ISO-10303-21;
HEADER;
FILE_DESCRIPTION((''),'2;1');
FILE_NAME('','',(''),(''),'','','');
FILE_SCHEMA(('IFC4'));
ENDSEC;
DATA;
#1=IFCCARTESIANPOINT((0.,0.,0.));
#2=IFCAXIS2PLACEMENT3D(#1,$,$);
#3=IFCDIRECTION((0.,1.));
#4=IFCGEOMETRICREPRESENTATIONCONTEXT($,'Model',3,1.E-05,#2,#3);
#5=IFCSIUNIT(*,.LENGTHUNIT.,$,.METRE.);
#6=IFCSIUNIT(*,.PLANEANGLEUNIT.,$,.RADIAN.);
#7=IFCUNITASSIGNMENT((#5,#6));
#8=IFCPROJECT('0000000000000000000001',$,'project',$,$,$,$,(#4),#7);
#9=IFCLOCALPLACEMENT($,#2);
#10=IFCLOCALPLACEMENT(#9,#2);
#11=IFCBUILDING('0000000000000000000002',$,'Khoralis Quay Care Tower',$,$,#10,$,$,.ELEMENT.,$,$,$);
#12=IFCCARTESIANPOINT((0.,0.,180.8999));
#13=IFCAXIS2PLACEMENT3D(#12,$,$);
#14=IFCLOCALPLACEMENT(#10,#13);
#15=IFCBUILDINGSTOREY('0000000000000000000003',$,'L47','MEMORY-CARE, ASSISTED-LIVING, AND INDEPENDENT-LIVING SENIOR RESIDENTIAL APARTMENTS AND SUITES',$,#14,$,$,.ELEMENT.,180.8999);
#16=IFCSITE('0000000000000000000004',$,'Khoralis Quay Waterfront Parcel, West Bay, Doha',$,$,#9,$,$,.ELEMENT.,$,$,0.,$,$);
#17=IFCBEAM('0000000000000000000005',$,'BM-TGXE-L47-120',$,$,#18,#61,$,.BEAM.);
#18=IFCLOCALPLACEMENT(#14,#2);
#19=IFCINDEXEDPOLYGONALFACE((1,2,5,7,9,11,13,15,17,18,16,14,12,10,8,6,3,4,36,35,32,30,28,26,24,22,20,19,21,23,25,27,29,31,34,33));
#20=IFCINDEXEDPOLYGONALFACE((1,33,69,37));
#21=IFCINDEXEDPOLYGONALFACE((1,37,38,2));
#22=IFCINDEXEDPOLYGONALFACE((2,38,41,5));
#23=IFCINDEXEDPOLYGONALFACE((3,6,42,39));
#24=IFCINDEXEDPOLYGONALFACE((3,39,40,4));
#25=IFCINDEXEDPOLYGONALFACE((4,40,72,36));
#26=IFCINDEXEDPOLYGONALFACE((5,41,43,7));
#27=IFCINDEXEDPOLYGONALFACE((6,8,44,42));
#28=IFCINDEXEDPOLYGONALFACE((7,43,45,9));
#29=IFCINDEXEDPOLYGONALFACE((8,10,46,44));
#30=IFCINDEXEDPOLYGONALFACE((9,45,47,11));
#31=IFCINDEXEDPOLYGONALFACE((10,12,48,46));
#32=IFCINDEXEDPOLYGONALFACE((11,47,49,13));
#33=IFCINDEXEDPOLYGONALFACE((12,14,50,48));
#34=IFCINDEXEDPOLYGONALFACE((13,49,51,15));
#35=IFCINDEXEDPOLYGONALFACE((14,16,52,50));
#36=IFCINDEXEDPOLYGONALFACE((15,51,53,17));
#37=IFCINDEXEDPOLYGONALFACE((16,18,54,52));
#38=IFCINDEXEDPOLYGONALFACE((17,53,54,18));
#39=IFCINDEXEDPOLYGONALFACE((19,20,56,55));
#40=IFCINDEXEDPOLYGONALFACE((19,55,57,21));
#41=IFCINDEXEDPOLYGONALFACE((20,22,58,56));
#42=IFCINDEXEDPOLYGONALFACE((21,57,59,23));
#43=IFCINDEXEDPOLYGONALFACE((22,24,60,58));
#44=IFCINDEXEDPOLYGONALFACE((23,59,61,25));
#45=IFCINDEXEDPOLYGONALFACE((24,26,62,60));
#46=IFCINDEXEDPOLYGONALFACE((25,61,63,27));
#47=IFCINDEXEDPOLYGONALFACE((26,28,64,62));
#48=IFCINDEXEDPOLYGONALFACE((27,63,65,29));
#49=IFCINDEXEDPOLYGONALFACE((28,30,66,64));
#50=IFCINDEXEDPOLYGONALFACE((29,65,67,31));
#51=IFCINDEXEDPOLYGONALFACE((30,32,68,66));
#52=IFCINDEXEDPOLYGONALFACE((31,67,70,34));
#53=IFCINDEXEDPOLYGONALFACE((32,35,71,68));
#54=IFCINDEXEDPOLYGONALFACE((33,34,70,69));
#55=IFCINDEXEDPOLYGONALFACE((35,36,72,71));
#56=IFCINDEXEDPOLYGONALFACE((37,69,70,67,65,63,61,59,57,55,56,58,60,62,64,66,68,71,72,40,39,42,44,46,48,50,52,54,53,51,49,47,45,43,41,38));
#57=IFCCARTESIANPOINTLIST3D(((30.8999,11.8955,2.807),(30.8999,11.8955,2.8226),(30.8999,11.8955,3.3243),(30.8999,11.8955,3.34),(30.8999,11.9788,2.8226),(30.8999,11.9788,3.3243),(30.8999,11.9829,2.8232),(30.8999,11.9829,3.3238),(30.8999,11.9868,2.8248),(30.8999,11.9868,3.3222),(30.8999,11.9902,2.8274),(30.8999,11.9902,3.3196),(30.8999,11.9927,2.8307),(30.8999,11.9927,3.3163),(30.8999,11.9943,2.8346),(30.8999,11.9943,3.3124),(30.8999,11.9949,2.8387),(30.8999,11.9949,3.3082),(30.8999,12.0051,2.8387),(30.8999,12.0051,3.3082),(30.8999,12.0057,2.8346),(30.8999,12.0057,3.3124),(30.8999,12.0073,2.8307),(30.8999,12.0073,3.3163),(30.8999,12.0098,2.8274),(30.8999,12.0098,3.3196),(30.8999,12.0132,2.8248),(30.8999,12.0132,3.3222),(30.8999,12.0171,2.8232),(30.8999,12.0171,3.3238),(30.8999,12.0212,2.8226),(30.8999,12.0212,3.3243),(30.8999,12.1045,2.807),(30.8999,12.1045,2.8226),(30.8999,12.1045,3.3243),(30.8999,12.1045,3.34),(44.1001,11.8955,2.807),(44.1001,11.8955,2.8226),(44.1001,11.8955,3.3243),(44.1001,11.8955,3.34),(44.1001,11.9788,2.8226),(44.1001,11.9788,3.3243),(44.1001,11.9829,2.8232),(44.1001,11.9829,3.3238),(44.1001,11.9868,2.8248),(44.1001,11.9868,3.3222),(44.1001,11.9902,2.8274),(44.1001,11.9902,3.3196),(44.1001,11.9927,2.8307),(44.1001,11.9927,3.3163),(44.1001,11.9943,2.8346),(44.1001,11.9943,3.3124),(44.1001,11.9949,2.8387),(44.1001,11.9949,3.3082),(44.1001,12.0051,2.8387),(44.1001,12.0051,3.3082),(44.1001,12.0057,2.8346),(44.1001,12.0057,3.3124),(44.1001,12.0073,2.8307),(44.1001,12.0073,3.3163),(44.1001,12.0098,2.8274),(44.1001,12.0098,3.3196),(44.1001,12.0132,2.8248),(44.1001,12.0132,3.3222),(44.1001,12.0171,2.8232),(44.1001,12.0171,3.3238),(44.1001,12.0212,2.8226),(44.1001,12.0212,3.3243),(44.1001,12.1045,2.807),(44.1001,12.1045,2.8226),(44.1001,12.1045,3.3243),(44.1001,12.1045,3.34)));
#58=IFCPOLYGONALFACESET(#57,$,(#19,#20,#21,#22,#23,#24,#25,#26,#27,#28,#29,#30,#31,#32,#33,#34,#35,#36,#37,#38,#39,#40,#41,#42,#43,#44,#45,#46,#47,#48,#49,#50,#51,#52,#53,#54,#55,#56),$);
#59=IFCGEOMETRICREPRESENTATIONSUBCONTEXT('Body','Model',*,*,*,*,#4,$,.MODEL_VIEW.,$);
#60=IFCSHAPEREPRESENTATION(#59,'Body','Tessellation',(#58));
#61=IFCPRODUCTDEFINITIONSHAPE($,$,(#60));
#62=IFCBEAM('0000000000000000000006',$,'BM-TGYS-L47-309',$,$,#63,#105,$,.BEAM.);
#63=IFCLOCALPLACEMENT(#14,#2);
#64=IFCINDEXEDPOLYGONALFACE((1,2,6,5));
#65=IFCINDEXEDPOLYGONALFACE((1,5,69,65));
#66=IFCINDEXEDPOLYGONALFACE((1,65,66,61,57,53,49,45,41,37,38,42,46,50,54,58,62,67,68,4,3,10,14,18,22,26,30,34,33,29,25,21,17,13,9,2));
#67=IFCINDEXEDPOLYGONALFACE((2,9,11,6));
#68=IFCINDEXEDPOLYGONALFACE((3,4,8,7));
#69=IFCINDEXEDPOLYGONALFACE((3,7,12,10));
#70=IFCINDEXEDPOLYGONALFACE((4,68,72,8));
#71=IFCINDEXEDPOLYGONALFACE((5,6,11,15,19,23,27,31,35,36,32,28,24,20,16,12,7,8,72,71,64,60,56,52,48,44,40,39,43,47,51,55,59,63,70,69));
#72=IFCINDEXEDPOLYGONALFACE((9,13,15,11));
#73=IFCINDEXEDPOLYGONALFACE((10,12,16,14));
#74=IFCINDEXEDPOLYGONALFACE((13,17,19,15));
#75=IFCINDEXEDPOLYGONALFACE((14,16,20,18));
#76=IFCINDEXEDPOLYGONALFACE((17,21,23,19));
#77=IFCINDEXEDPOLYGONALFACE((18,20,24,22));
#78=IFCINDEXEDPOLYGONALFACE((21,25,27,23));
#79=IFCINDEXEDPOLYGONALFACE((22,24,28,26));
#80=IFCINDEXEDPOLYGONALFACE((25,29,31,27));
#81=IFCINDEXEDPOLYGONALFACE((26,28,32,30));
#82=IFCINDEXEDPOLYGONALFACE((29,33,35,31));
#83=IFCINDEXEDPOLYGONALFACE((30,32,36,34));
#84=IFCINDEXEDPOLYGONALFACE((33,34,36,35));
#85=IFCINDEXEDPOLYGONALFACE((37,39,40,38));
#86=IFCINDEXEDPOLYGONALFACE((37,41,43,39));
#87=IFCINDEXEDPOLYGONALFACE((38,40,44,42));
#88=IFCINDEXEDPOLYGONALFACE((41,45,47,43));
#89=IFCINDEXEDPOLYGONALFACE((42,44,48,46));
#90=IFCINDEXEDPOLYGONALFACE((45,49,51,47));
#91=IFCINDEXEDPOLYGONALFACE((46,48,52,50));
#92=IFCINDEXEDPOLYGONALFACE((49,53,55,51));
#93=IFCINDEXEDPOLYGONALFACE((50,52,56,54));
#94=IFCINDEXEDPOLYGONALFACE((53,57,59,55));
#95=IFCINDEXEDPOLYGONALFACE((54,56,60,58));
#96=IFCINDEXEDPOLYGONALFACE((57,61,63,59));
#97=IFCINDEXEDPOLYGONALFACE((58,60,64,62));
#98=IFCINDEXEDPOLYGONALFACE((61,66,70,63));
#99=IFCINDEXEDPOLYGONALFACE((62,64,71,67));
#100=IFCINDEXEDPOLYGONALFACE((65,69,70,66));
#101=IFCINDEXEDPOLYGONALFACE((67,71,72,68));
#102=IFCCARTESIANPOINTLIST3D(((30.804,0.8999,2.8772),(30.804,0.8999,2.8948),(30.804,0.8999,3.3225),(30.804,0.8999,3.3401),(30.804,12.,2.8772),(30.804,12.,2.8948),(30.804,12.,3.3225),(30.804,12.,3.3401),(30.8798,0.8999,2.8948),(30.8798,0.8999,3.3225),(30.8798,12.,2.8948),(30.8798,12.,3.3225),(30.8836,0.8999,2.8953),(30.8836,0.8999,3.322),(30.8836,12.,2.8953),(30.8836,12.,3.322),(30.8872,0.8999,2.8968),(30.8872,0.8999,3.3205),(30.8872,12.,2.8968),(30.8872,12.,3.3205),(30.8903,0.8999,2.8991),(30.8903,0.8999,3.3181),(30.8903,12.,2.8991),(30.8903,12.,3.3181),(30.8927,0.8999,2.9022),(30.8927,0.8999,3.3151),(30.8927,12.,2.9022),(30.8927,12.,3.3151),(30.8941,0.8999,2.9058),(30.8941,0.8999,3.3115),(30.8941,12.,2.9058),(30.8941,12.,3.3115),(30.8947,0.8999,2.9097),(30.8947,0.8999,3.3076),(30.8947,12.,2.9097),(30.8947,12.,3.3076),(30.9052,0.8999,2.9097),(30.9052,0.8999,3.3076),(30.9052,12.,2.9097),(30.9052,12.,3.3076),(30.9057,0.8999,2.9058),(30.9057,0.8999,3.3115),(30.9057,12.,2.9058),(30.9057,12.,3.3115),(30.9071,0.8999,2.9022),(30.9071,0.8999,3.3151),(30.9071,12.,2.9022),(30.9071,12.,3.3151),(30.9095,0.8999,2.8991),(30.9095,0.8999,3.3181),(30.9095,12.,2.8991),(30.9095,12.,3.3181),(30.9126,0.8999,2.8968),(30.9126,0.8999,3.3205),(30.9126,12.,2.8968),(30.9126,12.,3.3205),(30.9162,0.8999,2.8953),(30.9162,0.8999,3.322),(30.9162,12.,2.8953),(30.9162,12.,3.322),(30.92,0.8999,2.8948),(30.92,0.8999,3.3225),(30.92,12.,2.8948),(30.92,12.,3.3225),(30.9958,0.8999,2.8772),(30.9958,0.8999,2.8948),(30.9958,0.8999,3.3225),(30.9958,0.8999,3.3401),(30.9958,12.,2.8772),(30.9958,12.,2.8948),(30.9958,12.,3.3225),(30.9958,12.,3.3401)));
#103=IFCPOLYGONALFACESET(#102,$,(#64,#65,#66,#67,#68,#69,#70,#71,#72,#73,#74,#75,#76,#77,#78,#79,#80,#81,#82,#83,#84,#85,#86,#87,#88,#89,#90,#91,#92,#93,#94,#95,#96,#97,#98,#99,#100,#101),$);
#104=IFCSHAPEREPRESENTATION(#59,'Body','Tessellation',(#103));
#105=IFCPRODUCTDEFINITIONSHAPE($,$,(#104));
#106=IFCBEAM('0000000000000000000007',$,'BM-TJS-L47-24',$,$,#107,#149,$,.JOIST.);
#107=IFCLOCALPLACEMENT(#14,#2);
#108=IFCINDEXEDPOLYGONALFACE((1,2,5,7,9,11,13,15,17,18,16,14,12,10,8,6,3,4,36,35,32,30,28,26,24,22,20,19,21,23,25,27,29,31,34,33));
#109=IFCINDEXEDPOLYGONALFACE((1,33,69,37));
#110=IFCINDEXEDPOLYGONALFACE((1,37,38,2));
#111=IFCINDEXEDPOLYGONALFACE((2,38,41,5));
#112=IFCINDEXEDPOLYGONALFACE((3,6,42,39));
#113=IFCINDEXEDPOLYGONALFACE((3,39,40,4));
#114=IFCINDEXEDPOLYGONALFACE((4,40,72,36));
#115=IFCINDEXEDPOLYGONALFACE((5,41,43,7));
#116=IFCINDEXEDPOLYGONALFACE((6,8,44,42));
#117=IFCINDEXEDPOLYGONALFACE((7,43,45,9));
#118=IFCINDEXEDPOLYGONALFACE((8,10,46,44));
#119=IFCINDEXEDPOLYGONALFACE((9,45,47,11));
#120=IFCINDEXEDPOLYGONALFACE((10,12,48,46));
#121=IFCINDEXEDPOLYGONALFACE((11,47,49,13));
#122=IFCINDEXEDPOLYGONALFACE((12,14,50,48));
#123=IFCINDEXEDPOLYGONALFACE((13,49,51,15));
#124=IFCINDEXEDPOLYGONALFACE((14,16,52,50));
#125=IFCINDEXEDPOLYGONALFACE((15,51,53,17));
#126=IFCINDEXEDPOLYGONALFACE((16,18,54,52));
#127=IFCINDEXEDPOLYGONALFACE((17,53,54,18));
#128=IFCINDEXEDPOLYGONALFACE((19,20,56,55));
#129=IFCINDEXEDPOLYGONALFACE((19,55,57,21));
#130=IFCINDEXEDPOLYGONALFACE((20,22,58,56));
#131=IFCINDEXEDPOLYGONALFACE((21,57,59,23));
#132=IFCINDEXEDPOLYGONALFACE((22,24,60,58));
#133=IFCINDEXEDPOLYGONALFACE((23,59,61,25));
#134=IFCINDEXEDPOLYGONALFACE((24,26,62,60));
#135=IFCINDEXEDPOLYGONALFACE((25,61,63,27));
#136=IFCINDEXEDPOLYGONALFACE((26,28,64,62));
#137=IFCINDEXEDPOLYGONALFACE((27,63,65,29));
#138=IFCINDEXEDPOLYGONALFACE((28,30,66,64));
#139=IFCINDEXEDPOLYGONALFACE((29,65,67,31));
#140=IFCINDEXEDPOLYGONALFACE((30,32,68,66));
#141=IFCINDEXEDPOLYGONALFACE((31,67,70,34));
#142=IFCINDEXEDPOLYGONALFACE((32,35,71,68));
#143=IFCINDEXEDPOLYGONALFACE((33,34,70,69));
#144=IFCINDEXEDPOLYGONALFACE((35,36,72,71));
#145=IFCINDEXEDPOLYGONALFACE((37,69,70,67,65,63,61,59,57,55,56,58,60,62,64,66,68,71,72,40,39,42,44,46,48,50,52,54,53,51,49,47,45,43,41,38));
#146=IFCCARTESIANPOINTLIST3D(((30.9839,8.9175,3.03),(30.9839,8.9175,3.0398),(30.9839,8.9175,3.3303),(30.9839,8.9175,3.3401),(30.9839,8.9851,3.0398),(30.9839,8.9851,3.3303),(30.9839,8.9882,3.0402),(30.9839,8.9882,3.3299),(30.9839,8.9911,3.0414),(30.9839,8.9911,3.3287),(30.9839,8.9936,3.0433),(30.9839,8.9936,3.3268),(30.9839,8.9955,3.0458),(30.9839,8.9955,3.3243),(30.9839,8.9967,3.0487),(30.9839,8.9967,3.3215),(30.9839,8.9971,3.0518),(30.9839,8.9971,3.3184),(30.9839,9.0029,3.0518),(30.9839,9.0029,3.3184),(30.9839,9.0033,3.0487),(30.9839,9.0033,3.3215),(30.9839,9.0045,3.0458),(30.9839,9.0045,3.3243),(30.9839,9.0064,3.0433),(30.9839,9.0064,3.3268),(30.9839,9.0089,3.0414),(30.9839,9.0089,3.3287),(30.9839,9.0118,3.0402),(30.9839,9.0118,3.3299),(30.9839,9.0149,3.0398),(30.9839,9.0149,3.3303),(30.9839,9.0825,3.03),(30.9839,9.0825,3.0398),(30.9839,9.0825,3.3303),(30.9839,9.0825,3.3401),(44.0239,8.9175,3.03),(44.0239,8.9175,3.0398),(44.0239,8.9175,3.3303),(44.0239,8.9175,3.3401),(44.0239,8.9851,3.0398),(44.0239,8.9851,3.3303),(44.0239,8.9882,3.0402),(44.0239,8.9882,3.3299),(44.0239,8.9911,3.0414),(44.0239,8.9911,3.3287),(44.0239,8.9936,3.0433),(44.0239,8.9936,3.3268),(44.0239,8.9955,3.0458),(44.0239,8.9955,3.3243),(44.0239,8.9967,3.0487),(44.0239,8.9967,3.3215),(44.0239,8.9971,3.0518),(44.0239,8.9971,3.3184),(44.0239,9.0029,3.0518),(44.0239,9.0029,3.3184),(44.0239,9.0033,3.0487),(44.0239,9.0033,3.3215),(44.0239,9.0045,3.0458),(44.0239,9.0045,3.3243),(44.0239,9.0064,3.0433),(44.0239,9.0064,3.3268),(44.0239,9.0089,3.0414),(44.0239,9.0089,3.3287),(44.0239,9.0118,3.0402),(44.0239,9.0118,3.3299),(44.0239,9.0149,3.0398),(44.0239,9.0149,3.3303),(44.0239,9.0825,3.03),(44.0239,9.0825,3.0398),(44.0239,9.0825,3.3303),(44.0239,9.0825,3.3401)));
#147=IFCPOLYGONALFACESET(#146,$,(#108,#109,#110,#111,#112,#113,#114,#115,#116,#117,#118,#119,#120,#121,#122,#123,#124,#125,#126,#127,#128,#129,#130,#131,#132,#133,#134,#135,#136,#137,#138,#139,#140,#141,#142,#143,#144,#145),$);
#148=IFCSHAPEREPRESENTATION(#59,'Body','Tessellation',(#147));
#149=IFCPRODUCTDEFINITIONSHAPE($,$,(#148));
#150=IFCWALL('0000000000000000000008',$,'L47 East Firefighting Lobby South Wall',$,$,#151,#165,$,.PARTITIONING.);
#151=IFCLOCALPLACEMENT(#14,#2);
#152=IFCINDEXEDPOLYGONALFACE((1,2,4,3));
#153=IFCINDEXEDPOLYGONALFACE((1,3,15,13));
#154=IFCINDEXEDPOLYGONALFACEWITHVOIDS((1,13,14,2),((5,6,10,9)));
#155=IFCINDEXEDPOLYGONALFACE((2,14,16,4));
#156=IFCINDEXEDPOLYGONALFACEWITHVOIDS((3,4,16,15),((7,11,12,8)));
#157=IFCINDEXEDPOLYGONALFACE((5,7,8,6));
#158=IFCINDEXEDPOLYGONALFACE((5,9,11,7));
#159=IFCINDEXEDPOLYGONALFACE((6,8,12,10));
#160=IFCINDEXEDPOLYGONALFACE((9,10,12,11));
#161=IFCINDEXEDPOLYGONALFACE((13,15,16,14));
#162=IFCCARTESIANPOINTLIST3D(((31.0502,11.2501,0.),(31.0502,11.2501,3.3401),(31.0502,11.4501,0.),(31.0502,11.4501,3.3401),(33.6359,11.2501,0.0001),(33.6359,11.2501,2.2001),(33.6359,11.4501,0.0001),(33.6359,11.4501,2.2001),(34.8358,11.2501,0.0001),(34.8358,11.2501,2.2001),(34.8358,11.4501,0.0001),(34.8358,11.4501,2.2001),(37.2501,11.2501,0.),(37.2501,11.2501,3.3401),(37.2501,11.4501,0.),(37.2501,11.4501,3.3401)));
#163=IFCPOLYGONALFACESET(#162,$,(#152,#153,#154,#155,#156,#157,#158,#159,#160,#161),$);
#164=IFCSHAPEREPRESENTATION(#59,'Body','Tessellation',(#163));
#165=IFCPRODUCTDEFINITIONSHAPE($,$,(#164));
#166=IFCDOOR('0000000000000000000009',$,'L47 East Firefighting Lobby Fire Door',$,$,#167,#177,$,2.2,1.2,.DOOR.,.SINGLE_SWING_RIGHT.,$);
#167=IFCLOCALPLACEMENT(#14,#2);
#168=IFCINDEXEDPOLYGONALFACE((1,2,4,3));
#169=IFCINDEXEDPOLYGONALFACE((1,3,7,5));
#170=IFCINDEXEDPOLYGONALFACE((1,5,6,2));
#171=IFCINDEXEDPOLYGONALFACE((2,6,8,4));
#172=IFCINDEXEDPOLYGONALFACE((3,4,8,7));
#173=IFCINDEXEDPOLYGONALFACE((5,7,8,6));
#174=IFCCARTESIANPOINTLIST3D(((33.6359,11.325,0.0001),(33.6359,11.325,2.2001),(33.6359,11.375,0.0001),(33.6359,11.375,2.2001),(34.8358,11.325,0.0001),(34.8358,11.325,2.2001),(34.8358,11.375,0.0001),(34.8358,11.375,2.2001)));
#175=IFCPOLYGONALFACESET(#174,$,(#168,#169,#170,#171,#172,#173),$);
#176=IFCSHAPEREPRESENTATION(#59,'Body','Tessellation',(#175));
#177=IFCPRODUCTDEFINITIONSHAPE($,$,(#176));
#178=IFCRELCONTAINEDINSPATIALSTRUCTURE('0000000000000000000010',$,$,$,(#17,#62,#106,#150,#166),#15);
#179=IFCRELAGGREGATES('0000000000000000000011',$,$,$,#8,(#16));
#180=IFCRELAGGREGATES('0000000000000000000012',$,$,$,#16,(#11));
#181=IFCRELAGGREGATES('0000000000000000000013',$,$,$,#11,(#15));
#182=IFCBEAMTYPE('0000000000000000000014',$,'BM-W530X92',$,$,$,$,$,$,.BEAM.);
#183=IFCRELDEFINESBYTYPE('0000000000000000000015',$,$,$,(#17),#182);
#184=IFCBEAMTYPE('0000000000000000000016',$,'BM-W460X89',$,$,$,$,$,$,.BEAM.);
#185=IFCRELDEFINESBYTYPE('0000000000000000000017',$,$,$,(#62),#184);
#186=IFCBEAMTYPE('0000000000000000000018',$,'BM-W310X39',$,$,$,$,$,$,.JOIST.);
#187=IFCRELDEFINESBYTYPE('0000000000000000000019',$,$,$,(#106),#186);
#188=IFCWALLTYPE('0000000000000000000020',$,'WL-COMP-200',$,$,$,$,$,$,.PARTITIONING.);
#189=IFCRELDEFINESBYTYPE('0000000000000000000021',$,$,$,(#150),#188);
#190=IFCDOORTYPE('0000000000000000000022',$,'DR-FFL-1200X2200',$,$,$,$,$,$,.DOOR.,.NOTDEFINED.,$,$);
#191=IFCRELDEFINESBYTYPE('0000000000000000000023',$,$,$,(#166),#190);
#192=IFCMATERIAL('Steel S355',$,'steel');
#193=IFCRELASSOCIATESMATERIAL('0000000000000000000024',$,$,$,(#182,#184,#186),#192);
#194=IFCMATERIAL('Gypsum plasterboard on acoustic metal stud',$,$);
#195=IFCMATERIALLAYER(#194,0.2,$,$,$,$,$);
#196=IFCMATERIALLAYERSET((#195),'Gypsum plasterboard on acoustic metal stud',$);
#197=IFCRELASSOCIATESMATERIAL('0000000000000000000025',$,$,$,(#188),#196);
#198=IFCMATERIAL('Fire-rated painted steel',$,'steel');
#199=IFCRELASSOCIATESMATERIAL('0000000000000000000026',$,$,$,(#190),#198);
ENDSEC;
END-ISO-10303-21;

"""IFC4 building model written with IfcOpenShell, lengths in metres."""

from ifc_helpers import new_model, si_unit, direction, frame, frame_2d, origin, origin_2d, place, context, subcontext, project, spatial, rectangle, i_section, extrude, source, transform, mapped, material, layer, layer_set, material_profile, profile_set, type_object, element, fill, save


model = new_model("IFC4")

# Units and contexts
model_context = context("Model", 3, precision=1e-05, world=origin(), true_north=direction((0.0, 1.0)))
body_context = subcontext(model_context, "Body", "Model", "MODEL_VIEW")
ifc_project = project(units=[si_unit("LENGTHUNIT", "METRE"), si_unit("PLANEANGLEUNIT", "RADIAN")], contexts=[model_context])

# Site, building, storey
site_placement = place(None, origin())
site = spatial("IfcSite", under=ifc_project, at=site_placement, Name="Khoralis Quay Waterfront Parcel, West Bay, Doha", CompositionType="ELEMENT", RefElevation=0.0)
building_placement = place(site_placement, origin())
building = spatial("IfcBuilding", under=site, at=building_placement, Name="Khoralis Quay Care Tower", CompositionType="ELEMENT")
storey_placement = place(building_placement, frame((0.0, 0.0, 180.8999)))
storey = spatial("IfcBuildingStorey", under=building, at=storey_placement, Name="L47", Description="MEMORY-CARE, ASSISTED-LIVING, AND INDEPENDENT-LIVING SENIOR RESIDENTIAL APARTMENTS AND SUITES", CompositionType="ELEMENT", Elevation=180.8999)

# Beams
ifc_material_1 = material(Name="Steel S355", Category="steel")
ifc_material_profile_1 = material_profile(ifc_material_1, i_section(OverallWidth=0.209, OverallDepth=0.533, WebThickness=0.0103, FlangeThickness=0.0156, FilletRadius=0.0161, at=origin_2d()), Name="Steel S355")
ifc_profile_set_1 = profile_set([ifc_material_profile_1], Name="Steel S355")
beam_type_1 = type_object("IfcBeamType", Name="BM-W530X92", PredefinedType="BEAM", material=ifc_profile_set_1)
shared_shape_1 = source(origin(), body_context, "Body", "SweptSolid", [
    extrude(i_section(OverallWidth=0.209, OverallDepth=0.533, WebThickness=0.0103, FlangeThickness=0.0156, FilletRadius=0.0161, at=origin_2d()), origin(), (0.0, 0.0, 1.0), 13.2002),
])
beam_1_placement = place(storey_placement, frame((30.8999, 12.0, 3.0735), z_axis=(1.0, 0.0, 0.0), x_axis=(0.0, 1.0, 0.0)))
element("IfcBeam", 1, at=beam_1_placement, inside=storey, type_object=beam_type_1, Name="BM-TGXE-L47-120", PredefinedType="BEAM", context=body_context, shape_type="MappedRepresentation", body=[
    mapped(shared_shape_1, transform((0.0, 0.0, 0.0), scale=1.0)),
])
ifc_material_profile_2 = material_profile(ifc_material_1, i_section(OverallWidth=0.1919, OverallDepth=0.4629, WebThickness=0.0105, FlangeThickness=0.0176, FilletRadius=0.0149, at=origin_2d()), Name="Steel S355")
ifc_profile_set_2 = profile_set([ifc_material_profile_2], Name="Steel S355")
beam_type_2 = type_object("IfcBeamType", Name="BM-W460X89", PredefinedType="BEAM", material=ifc_profile_set_2)
shared_shape_2 = source(origin(), body_context, "Body", "SweptSolid", [
    extrude(i_section(OverallWidth=0.1919, OverallDepth=0.4629, WebThickness=0.0105, FlangeThickness=0.0176, FilletRadius=0.0149, at=origin_2d()), origin(), (0.0, 0.0, 1.0), 11.1001),
])
beam_2_placement = place(storey_placement, frame((30.8999, 0.8999, 3.1086), z_axis=(0.0, 1.0, 0.0), x_axis=(-1.0, 0.0, 0.0)))
element("IfcBeam", 2, at=beam_2_placement, inside=storey, type_object=beam_type_2, Name="BM-TGYS-L47-309", PredefinedType="BEAM", context=body_context, shape_type="MappedRepresentation", body=[
    mapped(shared_shape_2, transform((0.0, 0.0, 0.0), scale=1.0)),
])
ifc_material_profile_3 = material_profile(ifc_material_1, i_section(OverallWidth=0.165, OverallDepth=0.3101, WebThickness=0.0059, FlangeThickness=0.0098, FilletRadius=0.012, at=origin_2d()), Name="Steel S355")
ifc_profile_set_3 = profile_set([ifc_material_profile_3], Name="Steel S355")
beam_type_3 = type_object("IfcBeamType", Name="BM-W310X39", PredefinedType="JOIST", material=ifc_profile_set_3)
shared_shape_3 = source(origin(), body_context, "Body", "SweptSolid", [
    extrude(i_section(OverallWidth=0.165, OverallDepth=0.3101, WebThickness=0.0059, FlangeThickness=0.0098, FilletRadius=0.012, at=origin_2d()), origin(), (0.0, 0.0, 1.0), 13.04),
])
beam_3_placement = place(storey_placement, frame((30.9839, 9.0, 3.1851), z_axis=(1.0, 0.0, 0.0), x_axis=(0.0, 1.0, 0.0)))
element("IfcBeam", 3, at=beam_3_placement, inside=storey, type_object=beam_type_3, Name="BM-TJS-L47-24", PredefinedType="JOIST", context=body_context, shape_type="MappedRepresentation", body=[
    mapped(shared_shape_3, transform((0.0, 0.0, 0.0), scale=1.0)),
])

# Wall, opening, door
ifc_material_2 = material(Name="Gypsum plasterboard on acoustic metal stud")
ifc_layer_1 = layer(ifc_material_2, 0.2)
ifc_layer_set_1 = layer_set([ifc_layer_1], Name="Gypsum plasterboard on acoustic metal stud")
wall_type_1 = type_object("IfcWallType", Name="WL-COMP-200", PredefinedType="PARTITIONING", material=ifc_layer_set_1)
wall_1_placement = place(storey_placement, frame((31.05, 11.3501, 0.0), z_axis=(0.0, 0.0, 1.0), x_axis=(1.0, 0.0, 0.0)))
wall_1 = element("IfcWall", 4, at=wall_1_placement, inside=storey, type_object=wall_type_1, Name="L47 East Firefighting Lobby South Wall", PredefinedType="PARTITIONING", context=body_context, shape_type="SweptSolid", body=[
    extrude(rectangle(XDim=6.2, YDim=0.2, at=frame_2d((3.1001, 0.0))), origin(), (0.0, 0.0, 1.0), 3.3401),
])
opening_1_placement = place(wall_1_placement, frame((2.5857, 0.0, 0.0)))
opening_1 = element("IfcOpeningElement", 5, at=opening_1_placement, cuts=wall_1, PredefinedType="OPENING", context=body_context, shape_type="SweptSolid", body=[
    extrude(rectangle(XDim=1.2, YDim=2.2, at=frame_2d((0.6001, 1.1001))), frame((0.0, 0.1099, 0.0), z_axis=(0.0, -1.0, 0.0), x_axis=(1.0, 0.0, 0.0)), (0.0, 0.0, 1.0), 0.22),
])
ifc_material_3 = material(Name="Fire-rated painted steel", Category="steel")
door_type_1 = type_object("IfcDoorType", Name="DR-FFL-1200X2200", OperationType="NOTDEFINED", PredefinedType="DOOR", material=ifc_material_3)
shared_shape_4 = source(origin(), body_context, "Body", "SweptSolid", [
    extrude(rectangle(XDim=1.2, YDim=2.2, at=frame_2d((0.6001, 1.1001))), frame((0.0, 0.0249, 0.0), z_axis=(0.0, -1.0, 0.0), x_axis=(1.0, 0.0, 0.0)), (0.0, 0.0, 1.0), 0.05),
])
door_1_placement = place(opening_1_placement, origin())
door_1 = element("IfcDoor", 6, at=door_1_placement, inside=storey, type_object=door_type_1, Name="L47 East Firefighting Lobby Fire Door", OperationType="SINGLE_SWING_RIGHT", OverallHeight=2.2, OverallWidth=1.2, PredefinedType="DOOR", context=body_context, shape_type="MappedRepresentation", body=[
    mapped(shared_shape_4, transform((0.0, 0.0, 0.0), scale=1.0)),
])
fill(opening_1, door_1)

save(model, "model.ifc")
